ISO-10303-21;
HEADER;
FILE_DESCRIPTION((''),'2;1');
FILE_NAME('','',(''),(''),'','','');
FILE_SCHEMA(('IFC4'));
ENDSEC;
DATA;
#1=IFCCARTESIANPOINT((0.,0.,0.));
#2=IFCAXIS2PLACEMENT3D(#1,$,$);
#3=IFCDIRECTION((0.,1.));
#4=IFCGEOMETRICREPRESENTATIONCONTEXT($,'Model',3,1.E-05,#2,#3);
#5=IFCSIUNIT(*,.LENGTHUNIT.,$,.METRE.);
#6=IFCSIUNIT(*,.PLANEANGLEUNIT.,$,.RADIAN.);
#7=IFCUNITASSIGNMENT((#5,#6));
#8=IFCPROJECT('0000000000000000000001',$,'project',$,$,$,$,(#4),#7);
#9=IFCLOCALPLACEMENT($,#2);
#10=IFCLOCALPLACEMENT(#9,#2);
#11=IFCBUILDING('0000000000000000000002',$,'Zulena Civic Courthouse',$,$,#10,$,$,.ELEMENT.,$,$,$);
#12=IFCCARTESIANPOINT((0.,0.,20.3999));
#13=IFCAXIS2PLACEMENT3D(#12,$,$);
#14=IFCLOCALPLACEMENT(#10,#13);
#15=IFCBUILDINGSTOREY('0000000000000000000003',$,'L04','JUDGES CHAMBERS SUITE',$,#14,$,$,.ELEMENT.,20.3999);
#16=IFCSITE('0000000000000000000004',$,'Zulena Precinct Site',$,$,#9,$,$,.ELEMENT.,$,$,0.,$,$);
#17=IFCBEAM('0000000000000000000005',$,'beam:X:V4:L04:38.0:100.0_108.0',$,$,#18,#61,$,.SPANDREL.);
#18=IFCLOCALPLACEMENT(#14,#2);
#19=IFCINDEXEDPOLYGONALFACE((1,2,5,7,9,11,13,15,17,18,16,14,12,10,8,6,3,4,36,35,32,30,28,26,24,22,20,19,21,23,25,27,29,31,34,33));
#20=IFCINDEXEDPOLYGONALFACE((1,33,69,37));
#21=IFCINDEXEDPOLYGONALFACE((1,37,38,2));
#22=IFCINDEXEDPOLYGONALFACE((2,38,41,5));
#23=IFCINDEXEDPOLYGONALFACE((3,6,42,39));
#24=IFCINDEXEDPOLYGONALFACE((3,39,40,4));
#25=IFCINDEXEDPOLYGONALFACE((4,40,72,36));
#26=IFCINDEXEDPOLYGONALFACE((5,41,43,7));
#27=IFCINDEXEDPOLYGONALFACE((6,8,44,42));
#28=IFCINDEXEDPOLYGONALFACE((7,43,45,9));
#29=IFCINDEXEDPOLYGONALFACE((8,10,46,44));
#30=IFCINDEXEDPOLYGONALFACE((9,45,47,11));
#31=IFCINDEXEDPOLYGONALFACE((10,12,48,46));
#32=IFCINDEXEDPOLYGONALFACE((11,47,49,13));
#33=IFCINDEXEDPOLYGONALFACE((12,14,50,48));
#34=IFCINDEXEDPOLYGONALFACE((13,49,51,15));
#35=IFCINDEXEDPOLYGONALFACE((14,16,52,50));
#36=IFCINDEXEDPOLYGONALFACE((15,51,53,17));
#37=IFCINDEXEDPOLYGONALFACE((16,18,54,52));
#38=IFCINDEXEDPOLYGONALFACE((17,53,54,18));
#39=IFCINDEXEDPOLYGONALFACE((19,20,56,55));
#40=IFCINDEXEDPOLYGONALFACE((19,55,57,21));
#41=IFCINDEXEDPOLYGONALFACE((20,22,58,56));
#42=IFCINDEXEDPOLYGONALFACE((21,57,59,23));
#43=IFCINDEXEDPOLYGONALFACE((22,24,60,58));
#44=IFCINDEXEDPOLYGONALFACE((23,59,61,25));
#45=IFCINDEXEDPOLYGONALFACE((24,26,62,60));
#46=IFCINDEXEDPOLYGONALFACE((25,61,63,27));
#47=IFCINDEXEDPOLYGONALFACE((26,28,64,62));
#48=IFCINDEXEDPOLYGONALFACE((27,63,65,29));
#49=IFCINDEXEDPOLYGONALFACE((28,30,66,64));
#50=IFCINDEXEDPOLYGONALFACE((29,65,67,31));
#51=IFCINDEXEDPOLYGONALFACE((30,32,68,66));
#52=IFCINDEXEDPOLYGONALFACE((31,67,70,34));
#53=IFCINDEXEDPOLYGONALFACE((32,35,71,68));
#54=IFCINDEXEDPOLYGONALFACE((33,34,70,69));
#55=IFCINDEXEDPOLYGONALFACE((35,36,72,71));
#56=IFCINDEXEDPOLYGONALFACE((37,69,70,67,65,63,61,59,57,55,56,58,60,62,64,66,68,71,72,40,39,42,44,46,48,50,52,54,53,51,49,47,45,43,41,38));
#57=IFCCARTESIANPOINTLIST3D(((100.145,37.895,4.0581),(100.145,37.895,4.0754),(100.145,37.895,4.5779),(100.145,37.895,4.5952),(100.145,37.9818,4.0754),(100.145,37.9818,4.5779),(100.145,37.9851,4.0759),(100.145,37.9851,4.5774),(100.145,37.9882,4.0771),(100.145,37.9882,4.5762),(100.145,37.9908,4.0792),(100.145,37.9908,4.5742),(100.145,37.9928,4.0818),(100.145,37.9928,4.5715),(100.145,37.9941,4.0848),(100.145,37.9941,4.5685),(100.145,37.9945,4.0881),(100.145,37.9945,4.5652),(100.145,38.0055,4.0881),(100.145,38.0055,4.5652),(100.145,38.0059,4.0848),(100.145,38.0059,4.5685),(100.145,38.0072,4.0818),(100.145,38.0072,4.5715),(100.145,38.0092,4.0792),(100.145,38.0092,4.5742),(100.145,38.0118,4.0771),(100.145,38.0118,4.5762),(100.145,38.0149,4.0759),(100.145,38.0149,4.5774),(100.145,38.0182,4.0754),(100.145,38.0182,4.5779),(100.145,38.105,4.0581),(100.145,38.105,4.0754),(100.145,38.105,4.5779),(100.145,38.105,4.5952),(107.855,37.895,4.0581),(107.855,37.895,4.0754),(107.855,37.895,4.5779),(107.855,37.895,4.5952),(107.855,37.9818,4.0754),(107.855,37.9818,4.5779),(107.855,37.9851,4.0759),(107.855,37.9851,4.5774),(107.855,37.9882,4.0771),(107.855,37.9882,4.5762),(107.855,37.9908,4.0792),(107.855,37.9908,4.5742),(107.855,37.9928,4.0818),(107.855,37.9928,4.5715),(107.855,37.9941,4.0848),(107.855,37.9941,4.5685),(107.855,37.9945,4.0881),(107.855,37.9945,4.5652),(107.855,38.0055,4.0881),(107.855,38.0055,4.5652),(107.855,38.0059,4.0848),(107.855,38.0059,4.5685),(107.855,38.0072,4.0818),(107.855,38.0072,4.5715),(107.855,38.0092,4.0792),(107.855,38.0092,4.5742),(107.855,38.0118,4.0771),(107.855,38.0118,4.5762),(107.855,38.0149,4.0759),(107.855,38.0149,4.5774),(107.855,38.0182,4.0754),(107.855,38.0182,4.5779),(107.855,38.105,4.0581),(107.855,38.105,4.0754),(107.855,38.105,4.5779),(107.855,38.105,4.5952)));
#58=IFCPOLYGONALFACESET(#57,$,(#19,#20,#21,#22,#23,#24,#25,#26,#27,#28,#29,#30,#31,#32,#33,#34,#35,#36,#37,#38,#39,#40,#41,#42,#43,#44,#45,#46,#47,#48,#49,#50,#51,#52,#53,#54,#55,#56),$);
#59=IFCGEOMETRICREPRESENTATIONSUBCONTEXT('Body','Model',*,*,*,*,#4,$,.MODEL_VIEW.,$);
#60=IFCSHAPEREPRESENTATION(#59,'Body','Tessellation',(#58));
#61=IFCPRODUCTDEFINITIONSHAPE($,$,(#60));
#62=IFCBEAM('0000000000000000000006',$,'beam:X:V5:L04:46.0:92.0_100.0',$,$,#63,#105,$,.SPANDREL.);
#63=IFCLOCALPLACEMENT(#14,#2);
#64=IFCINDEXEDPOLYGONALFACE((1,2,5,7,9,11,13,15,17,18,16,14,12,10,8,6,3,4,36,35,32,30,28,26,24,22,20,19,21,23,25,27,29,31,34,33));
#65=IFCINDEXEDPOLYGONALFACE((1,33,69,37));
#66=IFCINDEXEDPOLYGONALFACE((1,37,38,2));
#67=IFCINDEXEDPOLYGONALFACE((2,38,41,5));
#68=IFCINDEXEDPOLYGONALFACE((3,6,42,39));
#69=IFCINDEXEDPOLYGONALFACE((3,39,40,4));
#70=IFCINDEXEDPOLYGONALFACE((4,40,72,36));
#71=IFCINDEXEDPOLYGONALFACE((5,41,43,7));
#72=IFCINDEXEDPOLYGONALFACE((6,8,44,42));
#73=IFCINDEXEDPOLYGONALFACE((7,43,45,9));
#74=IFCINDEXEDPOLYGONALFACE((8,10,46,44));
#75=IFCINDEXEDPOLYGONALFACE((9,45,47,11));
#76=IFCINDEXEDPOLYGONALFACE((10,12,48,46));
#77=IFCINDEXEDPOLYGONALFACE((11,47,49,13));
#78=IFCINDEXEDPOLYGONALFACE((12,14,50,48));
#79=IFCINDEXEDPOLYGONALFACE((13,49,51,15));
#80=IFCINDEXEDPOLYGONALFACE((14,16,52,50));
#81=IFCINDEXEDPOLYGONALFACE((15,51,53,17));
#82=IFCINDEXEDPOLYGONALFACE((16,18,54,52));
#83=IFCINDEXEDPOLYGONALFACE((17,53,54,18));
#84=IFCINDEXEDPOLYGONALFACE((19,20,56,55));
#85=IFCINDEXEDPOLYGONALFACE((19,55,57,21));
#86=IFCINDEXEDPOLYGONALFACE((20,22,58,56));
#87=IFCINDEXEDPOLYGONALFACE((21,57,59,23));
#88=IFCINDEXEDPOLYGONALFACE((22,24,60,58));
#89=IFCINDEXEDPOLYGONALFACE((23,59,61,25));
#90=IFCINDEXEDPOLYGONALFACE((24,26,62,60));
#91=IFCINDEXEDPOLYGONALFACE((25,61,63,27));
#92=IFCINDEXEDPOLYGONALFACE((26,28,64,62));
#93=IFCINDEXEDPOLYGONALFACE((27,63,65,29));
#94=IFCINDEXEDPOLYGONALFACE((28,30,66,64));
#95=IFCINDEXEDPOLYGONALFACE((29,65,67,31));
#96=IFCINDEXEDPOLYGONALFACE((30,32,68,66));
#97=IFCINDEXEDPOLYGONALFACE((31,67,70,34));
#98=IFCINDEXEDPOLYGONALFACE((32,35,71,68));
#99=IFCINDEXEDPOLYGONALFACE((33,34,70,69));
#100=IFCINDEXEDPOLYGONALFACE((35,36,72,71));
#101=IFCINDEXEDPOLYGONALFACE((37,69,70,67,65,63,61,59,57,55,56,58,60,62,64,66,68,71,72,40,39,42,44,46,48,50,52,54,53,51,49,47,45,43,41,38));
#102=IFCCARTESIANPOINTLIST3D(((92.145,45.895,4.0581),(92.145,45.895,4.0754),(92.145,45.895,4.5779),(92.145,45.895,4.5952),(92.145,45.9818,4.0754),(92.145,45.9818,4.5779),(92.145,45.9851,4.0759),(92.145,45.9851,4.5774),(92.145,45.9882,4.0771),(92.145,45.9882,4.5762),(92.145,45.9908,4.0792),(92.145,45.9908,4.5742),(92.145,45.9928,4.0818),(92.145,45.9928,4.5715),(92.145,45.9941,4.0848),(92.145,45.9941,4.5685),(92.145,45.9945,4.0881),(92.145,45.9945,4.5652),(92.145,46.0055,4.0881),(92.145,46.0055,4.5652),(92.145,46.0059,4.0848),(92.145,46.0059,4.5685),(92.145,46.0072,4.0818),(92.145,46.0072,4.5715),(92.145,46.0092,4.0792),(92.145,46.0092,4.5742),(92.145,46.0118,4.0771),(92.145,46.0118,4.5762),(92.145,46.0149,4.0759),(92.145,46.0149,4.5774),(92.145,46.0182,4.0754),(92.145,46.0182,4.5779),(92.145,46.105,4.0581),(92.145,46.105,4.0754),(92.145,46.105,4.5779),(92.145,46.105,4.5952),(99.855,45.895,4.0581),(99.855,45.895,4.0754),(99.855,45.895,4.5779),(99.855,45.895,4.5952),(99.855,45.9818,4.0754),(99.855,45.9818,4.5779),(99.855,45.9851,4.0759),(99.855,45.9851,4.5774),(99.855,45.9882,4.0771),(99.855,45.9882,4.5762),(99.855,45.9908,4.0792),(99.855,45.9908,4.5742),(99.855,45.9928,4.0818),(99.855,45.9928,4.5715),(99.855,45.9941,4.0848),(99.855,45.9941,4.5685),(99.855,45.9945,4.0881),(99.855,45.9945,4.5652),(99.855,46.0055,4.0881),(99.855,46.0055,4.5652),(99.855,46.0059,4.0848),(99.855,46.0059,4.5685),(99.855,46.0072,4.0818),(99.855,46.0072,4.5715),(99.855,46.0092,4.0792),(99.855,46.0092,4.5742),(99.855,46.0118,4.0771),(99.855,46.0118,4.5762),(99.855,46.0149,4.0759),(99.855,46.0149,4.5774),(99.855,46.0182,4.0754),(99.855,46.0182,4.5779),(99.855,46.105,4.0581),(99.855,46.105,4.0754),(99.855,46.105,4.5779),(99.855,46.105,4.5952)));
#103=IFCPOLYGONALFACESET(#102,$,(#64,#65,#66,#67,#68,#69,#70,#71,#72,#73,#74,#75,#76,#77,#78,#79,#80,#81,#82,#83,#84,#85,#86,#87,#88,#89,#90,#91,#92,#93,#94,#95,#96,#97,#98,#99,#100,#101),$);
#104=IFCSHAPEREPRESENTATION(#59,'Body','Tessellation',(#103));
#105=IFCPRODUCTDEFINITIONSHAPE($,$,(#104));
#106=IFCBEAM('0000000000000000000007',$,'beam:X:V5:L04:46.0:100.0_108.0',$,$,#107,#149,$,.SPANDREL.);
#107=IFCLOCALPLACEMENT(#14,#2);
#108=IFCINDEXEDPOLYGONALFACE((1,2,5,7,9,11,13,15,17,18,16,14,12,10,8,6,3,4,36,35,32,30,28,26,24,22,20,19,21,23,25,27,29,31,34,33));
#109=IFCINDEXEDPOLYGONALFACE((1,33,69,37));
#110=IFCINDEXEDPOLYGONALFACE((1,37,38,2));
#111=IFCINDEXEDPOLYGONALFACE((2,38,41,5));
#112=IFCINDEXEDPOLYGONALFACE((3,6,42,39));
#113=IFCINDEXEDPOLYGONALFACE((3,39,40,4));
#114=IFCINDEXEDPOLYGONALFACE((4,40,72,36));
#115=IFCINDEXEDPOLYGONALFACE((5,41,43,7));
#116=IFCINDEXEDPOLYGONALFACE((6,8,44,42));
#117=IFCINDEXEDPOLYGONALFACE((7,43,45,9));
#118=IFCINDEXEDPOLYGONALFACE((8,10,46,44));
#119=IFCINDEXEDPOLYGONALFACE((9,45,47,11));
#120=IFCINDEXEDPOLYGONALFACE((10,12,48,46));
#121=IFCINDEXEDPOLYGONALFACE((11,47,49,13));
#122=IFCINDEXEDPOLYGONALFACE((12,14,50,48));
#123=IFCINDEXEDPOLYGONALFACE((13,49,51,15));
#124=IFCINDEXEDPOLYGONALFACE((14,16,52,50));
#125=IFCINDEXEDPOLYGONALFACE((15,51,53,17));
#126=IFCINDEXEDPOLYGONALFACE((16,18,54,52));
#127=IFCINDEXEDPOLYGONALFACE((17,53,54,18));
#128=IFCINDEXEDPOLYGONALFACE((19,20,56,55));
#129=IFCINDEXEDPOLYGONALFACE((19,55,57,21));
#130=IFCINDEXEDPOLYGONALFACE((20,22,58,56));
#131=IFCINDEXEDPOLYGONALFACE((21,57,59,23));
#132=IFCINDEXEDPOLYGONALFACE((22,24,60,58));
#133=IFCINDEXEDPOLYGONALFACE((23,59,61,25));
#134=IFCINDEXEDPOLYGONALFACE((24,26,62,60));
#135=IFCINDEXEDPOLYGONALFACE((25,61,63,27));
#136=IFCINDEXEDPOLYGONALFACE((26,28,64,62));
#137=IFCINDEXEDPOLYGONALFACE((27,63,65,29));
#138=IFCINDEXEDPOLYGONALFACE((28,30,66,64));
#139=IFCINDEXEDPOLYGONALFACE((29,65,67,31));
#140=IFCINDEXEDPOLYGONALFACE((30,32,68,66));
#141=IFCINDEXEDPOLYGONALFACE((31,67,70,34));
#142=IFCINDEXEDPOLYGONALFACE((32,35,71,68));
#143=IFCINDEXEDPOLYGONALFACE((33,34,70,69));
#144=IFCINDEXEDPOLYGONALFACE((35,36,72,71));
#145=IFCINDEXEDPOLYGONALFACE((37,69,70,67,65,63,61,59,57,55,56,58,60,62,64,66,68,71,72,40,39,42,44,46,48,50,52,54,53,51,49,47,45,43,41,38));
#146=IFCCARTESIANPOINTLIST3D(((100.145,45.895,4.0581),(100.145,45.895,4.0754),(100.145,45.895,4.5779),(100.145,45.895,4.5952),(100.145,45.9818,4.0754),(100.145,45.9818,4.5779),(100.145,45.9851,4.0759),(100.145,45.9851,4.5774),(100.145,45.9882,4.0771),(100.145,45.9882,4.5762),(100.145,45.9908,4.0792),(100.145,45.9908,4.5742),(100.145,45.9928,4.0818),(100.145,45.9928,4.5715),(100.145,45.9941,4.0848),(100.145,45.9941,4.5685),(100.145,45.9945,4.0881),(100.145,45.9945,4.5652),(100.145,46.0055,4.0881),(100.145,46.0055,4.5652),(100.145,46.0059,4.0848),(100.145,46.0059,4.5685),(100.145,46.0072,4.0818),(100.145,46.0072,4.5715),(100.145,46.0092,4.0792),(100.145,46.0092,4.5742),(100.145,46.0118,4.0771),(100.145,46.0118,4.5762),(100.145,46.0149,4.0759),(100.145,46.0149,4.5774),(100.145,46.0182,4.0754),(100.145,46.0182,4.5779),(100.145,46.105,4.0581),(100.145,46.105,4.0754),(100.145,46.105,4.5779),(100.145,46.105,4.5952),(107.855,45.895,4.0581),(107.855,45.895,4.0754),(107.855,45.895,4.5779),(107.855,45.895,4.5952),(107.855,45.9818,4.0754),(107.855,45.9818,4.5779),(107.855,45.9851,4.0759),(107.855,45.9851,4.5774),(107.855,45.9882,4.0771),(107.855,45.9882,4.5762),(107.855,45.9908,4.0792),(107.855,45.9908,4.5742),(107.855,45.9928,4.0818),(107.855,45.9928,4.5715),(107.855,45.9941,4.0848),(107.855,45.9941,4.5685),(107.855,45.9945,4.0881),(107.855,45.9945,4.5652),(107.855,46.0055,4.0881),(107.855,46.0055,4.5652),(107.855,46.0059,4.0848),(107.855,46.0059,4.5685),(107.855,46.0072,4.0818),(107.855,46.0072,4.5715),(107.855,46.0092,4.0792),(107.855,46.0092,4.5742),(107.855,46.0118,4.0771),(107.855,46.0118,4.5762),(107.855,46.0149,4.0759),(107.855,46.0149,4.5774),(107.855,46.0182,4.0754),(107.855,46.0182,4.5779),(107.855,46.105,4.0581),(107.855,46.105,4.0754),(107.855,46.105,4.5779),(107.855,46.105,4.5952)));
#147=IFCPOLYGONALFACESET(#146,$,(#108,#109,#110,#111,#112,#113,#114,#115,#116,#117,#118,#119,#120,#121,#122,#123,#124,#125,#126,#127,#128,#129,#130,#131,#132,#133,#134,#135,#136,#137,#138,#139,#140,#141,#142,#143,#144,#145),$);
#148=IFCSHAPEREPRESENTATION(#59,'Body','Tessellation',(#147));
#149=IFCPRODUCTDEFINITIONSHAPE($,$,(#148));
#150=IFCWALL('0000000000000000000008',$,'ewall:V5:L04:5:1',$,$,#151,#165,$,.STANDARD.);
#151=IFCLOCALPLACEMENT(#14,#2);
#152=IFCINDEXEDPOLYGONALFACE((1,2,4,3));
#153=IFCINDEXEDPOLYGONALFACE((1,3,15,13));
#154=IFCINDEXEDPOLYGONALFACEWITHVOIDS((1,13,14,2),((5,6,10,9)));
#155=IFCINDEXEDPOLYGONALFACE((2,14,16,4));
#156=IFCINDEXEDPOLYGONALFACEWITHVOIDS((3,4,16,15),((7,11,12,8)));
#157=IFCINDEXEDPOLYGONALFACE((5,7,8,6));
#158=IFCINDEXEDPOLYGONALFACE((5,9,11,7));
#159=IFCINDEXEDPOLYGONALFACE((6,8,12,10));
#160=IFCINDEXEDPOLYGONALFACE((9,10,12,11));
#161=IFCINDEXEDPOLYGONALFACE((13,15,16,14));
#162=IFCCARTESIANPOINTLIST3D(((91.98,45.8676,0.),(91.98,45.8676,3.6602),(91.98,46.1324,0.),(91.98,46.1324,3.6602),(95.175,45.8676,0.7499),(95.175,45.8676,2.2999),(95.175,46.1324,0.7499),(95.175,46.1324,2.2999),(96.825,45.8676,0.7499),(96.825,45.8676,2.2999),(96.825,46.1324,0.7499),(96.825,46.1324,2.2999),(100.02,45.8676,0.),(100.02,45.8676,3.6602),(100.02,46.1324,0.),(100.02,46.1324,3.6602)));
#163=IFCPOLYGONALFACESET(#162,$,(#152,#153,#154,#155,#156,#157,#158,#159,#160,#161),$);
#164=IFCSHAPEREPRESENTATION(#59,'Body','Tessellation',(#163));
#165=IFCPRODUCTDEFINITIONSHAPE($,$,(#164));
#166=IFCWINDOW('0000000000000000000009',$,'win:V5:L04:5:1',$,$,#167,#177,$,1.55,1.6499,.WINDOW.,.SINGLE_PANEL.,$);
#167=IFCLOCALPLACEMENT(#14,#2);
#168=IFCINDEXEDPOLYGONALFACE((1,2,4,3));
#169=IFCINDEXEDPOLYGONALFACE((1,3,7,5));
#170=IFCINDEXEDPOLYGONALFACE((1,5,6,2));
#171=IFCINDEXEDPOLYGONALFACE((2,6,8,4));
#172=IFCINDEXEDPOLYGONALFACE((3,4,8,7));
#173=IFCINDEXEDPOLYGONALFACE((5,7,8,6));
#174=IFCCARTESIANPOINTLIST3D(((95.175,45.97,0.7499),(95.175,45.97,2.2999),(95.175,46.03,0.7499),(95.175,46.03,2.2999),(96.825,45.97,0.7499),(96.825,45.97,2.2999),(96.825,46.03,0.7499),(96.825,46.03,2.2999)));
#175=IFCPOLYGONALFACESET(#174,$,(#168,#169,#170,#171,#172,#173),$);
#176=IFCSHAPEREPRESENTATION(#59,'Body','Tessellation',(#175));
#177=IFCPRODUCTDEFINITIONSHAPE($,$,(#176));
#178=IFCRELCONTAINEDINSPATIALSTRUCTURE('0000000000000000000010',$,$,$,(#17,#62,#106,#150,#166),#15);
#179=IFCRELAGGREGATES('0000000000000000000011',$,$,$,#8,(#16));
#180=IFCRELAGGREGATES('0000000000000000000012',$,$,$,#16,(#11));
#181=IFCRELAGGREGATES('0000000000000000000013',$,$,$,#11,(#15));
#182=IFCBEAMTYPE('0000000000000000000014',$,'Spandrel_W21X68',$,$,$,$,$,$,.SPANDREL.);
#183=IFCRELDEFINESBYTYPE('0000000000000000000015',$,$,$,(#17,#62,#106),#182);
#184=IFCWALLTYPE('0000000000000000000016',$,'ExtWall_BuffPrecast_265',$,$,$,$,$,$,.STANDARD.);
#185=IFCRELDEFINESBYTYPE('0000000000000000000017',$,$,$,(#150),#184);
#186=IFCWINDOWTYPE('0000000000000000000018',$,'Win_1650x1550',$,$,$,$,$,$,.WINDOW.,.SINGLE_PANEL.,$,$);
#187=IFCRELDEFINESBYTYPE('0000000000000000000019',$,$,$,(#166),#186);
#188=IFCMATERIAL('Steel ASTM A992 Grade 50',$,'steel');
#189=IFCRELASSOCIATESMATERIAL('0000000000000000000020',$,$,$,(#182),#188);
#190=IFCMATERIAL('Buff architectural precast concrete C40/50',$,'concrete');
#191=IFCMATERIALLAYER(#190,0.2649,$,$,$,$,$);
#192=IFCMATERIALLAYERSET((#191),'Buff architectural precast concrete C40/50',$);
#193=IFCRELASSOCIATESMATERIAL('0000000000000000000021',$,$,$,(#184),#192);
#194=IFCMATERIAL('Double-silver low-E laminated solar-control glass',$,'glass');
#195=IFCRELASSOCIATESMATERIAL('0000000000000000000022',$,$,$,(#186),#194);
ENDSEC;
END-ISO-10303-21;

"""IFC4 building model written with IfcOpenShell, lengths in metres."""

from ifc_helpers import new_model, si_unit, direction, frame, frame_2d, origin, origin_2d, place, context, subcontext, project, spatial, rectangle, i_section, extrude, material, layer, layer_set, material_profile, profile_set, type_object, element, fill, save


model = new_model("IFC4")

# Units and contexts
model_context = context("Model", 3, precision=1e-05, world=origin(), true_north=direction((0.0, 1.0)))
body_context = subcontext(model_context, "Body", "Model", "MODEL_VIEW")
ifc_project = project(units=[si_unit("LENGTHUNIT", "METRE"), si_unit("PLANEANGLEUNIT", "RADIAN")], contexts=[model_context])

# Site, building, storey
site_placement = place(None, origin())
site = spatial("IfcSite", under=ifc_project, at=site_placement, Name="Zulena Precinct Site", CompositionType="ELEMENT", RefElevation=0.0)
building_placement = place(site_placement, origin())
building = spatial("IfcBuilding", under=site, at=building_placement, Name="Zulena Civic Courthouse", CompositionType="ELEMENT")
storey_placement = place(building_placement, frame((0.0, 0.0, 20.3999)))
storey = spatial("IfcBuildingStorey", under=building, at=storey_placement, Name="L04", Description="JUDGES CHAMBERS SUITE", CompositionType="ELEMENT", Elevation=20.3999)

# Shared definitions
ifc_material_1 = material(Name="Steel ASTM A992 Grade 50", Category="steel")

# Beams
ifc_material_profile_1 = material_profile(ifc_material_1, i_section(OverallWidth=0.21, OverallDepth=0.5371, WebThickness=0.011, FlangeThickness=0.0173, FilletRadius=0.0127, at=origin_2d()), Name="W21X68")
ifc_profile_set_1 = profile_set([ifc_material_profile_1], Name="Steel ASTM A992 Grade 50")
beam_type_1 = type_object("IfcBeamType", Name="Spandrel_W21X68", PredefinedType="SPANDREL", material=ifc_profile_set_1)
for number, where, z_axis, x_axis, name in (
    (1, (100.145, 38.0, 4.3267), (1.0, 0.0, 0.0), (0.0, 1.0, 0.0), "beam:X:V4:L04:38.0:100.0_108.0"),
    (2, (92.145, 46.0, 4.3267), (1.0, 0.0, 0.0), (0.0, 1.0, 0.0), "beam:X:V5:L04:46.0:92.0_100.0"),
    (3, (100.145, 46.0, 4.3267), (1.0, 0.0, 0.0), (0.0, 1.0, 0.0), "beam:X:V5:L04:46.0:100.0_108.0"),
):
    element("IfcBeam", number, at=place(storey_placement, frame(where, z_axis=z_axis, x_axis=x_axis)), inside=storey, type_object=beam_type_1, Name=name, PredefinedType="SPANDREL", context=body_context, shape_type="SweptSolid", body=[
        extrude(i_section(OverallWidth=0.21, OverallDepth=0.5371, WebThickness=0.011, FlangeThickness=0.0173, FilletRadius=0.0127, at=origin_2d()), origin(), (0.0, 0.0, 1.0), 7.71),
    ])

# Wall, opening, window
ifc_material_2 = material(Name="Buff architectural precast concrete C40/50", Category="concrete")
ifc_layer_1 = layer(ifc_material_2, 0.2649)
ifc_layer_set_1 = layer_set([ifc_layer_1], Name="Buff architectural precast concrete C40/50")
wall_type_1 = type_object("IfcWallType", Name="ExtWall_BuffPrecast_265", PredefinedType="STANDARD", material=ifc_layer_set_1)
wall_1_placement = place(storey_placement, frame((100.02, 46.0, 0.0), z_axis=(0.0, 0.0, 1.0), x_axis=(-1.0, 0.0, 0.0)))
wall_1 = element("IfcWall", 4, at=wall_1_placement, inside=storey, type_object=wall_type_1, Name="ewall:V5:L04:5:1", PredefinedType="STANDARD", context=body_context, shape_type="SweptSolid", body=[
    extrude(rectangle(XDim=8.04, YDim=0.2649, at=frame_2d((4.02, 0.0))), origin(), (0.0, 0.0, 1.0), 3.6602),
])
opening_1_placement = place(wall_1_placement, frame((3.1951, 0.0, 0.75)))
opening_1 = element("IfcOpeningElement", 5, at=opening_1_placement, cuts=wall_1, PredefinedType="OPENING", context=body_context, shape_type="SweptSolid", body=[
    extrude(rectangle(XDim=1.6499, YDim=1.55, at=frame_2d((0.825, 0.7749))), frame((0.0, 0.1423, 0.0), z_axis=(0.0, -1.0, 0.0), x_axis=(1.0, 0.0, 0.0)), (0.0, 0.0, 1.0), 0.2849),
])
ifc_material_3 = material(Name="Double-silver low-E laminated solar-control glass", Category="glass")
window_type_1 = type_object("IfcWindowType", Name="Win_1650x1550", PartitioningType="SINGLE_PANEL", PredefinedType="WINDOW", material=ifc_material_3)
window_1_placement = place(opening_1_placement, origin())
window_1 = element("IfcWindow", 6, at=window_1_placement, inside=storey, type_object=window_type_1, Name="win:V5:L04:5:1", OverallHeight=1.55, OverallWidth=1.6499, PartitioningType="SINGLE_PANEL", PredefinedType="WINDOW", context=body_context, shape_type="SweptSolid", body=[
    extrude(rectangle(XDim=1.6499, YDim=1.55, at=frame_2d((0.825, 0.7749))), frame((0.0, 0.03, 0.0), z_axis=(0.0, -1.0, 0.0), x_axis=(1.0, 0.0, 0.0)), (0.0, 0.0, 1.0), 0.0601),
])
fill(opening_1, window_1)

save(model, "model.ifc")
